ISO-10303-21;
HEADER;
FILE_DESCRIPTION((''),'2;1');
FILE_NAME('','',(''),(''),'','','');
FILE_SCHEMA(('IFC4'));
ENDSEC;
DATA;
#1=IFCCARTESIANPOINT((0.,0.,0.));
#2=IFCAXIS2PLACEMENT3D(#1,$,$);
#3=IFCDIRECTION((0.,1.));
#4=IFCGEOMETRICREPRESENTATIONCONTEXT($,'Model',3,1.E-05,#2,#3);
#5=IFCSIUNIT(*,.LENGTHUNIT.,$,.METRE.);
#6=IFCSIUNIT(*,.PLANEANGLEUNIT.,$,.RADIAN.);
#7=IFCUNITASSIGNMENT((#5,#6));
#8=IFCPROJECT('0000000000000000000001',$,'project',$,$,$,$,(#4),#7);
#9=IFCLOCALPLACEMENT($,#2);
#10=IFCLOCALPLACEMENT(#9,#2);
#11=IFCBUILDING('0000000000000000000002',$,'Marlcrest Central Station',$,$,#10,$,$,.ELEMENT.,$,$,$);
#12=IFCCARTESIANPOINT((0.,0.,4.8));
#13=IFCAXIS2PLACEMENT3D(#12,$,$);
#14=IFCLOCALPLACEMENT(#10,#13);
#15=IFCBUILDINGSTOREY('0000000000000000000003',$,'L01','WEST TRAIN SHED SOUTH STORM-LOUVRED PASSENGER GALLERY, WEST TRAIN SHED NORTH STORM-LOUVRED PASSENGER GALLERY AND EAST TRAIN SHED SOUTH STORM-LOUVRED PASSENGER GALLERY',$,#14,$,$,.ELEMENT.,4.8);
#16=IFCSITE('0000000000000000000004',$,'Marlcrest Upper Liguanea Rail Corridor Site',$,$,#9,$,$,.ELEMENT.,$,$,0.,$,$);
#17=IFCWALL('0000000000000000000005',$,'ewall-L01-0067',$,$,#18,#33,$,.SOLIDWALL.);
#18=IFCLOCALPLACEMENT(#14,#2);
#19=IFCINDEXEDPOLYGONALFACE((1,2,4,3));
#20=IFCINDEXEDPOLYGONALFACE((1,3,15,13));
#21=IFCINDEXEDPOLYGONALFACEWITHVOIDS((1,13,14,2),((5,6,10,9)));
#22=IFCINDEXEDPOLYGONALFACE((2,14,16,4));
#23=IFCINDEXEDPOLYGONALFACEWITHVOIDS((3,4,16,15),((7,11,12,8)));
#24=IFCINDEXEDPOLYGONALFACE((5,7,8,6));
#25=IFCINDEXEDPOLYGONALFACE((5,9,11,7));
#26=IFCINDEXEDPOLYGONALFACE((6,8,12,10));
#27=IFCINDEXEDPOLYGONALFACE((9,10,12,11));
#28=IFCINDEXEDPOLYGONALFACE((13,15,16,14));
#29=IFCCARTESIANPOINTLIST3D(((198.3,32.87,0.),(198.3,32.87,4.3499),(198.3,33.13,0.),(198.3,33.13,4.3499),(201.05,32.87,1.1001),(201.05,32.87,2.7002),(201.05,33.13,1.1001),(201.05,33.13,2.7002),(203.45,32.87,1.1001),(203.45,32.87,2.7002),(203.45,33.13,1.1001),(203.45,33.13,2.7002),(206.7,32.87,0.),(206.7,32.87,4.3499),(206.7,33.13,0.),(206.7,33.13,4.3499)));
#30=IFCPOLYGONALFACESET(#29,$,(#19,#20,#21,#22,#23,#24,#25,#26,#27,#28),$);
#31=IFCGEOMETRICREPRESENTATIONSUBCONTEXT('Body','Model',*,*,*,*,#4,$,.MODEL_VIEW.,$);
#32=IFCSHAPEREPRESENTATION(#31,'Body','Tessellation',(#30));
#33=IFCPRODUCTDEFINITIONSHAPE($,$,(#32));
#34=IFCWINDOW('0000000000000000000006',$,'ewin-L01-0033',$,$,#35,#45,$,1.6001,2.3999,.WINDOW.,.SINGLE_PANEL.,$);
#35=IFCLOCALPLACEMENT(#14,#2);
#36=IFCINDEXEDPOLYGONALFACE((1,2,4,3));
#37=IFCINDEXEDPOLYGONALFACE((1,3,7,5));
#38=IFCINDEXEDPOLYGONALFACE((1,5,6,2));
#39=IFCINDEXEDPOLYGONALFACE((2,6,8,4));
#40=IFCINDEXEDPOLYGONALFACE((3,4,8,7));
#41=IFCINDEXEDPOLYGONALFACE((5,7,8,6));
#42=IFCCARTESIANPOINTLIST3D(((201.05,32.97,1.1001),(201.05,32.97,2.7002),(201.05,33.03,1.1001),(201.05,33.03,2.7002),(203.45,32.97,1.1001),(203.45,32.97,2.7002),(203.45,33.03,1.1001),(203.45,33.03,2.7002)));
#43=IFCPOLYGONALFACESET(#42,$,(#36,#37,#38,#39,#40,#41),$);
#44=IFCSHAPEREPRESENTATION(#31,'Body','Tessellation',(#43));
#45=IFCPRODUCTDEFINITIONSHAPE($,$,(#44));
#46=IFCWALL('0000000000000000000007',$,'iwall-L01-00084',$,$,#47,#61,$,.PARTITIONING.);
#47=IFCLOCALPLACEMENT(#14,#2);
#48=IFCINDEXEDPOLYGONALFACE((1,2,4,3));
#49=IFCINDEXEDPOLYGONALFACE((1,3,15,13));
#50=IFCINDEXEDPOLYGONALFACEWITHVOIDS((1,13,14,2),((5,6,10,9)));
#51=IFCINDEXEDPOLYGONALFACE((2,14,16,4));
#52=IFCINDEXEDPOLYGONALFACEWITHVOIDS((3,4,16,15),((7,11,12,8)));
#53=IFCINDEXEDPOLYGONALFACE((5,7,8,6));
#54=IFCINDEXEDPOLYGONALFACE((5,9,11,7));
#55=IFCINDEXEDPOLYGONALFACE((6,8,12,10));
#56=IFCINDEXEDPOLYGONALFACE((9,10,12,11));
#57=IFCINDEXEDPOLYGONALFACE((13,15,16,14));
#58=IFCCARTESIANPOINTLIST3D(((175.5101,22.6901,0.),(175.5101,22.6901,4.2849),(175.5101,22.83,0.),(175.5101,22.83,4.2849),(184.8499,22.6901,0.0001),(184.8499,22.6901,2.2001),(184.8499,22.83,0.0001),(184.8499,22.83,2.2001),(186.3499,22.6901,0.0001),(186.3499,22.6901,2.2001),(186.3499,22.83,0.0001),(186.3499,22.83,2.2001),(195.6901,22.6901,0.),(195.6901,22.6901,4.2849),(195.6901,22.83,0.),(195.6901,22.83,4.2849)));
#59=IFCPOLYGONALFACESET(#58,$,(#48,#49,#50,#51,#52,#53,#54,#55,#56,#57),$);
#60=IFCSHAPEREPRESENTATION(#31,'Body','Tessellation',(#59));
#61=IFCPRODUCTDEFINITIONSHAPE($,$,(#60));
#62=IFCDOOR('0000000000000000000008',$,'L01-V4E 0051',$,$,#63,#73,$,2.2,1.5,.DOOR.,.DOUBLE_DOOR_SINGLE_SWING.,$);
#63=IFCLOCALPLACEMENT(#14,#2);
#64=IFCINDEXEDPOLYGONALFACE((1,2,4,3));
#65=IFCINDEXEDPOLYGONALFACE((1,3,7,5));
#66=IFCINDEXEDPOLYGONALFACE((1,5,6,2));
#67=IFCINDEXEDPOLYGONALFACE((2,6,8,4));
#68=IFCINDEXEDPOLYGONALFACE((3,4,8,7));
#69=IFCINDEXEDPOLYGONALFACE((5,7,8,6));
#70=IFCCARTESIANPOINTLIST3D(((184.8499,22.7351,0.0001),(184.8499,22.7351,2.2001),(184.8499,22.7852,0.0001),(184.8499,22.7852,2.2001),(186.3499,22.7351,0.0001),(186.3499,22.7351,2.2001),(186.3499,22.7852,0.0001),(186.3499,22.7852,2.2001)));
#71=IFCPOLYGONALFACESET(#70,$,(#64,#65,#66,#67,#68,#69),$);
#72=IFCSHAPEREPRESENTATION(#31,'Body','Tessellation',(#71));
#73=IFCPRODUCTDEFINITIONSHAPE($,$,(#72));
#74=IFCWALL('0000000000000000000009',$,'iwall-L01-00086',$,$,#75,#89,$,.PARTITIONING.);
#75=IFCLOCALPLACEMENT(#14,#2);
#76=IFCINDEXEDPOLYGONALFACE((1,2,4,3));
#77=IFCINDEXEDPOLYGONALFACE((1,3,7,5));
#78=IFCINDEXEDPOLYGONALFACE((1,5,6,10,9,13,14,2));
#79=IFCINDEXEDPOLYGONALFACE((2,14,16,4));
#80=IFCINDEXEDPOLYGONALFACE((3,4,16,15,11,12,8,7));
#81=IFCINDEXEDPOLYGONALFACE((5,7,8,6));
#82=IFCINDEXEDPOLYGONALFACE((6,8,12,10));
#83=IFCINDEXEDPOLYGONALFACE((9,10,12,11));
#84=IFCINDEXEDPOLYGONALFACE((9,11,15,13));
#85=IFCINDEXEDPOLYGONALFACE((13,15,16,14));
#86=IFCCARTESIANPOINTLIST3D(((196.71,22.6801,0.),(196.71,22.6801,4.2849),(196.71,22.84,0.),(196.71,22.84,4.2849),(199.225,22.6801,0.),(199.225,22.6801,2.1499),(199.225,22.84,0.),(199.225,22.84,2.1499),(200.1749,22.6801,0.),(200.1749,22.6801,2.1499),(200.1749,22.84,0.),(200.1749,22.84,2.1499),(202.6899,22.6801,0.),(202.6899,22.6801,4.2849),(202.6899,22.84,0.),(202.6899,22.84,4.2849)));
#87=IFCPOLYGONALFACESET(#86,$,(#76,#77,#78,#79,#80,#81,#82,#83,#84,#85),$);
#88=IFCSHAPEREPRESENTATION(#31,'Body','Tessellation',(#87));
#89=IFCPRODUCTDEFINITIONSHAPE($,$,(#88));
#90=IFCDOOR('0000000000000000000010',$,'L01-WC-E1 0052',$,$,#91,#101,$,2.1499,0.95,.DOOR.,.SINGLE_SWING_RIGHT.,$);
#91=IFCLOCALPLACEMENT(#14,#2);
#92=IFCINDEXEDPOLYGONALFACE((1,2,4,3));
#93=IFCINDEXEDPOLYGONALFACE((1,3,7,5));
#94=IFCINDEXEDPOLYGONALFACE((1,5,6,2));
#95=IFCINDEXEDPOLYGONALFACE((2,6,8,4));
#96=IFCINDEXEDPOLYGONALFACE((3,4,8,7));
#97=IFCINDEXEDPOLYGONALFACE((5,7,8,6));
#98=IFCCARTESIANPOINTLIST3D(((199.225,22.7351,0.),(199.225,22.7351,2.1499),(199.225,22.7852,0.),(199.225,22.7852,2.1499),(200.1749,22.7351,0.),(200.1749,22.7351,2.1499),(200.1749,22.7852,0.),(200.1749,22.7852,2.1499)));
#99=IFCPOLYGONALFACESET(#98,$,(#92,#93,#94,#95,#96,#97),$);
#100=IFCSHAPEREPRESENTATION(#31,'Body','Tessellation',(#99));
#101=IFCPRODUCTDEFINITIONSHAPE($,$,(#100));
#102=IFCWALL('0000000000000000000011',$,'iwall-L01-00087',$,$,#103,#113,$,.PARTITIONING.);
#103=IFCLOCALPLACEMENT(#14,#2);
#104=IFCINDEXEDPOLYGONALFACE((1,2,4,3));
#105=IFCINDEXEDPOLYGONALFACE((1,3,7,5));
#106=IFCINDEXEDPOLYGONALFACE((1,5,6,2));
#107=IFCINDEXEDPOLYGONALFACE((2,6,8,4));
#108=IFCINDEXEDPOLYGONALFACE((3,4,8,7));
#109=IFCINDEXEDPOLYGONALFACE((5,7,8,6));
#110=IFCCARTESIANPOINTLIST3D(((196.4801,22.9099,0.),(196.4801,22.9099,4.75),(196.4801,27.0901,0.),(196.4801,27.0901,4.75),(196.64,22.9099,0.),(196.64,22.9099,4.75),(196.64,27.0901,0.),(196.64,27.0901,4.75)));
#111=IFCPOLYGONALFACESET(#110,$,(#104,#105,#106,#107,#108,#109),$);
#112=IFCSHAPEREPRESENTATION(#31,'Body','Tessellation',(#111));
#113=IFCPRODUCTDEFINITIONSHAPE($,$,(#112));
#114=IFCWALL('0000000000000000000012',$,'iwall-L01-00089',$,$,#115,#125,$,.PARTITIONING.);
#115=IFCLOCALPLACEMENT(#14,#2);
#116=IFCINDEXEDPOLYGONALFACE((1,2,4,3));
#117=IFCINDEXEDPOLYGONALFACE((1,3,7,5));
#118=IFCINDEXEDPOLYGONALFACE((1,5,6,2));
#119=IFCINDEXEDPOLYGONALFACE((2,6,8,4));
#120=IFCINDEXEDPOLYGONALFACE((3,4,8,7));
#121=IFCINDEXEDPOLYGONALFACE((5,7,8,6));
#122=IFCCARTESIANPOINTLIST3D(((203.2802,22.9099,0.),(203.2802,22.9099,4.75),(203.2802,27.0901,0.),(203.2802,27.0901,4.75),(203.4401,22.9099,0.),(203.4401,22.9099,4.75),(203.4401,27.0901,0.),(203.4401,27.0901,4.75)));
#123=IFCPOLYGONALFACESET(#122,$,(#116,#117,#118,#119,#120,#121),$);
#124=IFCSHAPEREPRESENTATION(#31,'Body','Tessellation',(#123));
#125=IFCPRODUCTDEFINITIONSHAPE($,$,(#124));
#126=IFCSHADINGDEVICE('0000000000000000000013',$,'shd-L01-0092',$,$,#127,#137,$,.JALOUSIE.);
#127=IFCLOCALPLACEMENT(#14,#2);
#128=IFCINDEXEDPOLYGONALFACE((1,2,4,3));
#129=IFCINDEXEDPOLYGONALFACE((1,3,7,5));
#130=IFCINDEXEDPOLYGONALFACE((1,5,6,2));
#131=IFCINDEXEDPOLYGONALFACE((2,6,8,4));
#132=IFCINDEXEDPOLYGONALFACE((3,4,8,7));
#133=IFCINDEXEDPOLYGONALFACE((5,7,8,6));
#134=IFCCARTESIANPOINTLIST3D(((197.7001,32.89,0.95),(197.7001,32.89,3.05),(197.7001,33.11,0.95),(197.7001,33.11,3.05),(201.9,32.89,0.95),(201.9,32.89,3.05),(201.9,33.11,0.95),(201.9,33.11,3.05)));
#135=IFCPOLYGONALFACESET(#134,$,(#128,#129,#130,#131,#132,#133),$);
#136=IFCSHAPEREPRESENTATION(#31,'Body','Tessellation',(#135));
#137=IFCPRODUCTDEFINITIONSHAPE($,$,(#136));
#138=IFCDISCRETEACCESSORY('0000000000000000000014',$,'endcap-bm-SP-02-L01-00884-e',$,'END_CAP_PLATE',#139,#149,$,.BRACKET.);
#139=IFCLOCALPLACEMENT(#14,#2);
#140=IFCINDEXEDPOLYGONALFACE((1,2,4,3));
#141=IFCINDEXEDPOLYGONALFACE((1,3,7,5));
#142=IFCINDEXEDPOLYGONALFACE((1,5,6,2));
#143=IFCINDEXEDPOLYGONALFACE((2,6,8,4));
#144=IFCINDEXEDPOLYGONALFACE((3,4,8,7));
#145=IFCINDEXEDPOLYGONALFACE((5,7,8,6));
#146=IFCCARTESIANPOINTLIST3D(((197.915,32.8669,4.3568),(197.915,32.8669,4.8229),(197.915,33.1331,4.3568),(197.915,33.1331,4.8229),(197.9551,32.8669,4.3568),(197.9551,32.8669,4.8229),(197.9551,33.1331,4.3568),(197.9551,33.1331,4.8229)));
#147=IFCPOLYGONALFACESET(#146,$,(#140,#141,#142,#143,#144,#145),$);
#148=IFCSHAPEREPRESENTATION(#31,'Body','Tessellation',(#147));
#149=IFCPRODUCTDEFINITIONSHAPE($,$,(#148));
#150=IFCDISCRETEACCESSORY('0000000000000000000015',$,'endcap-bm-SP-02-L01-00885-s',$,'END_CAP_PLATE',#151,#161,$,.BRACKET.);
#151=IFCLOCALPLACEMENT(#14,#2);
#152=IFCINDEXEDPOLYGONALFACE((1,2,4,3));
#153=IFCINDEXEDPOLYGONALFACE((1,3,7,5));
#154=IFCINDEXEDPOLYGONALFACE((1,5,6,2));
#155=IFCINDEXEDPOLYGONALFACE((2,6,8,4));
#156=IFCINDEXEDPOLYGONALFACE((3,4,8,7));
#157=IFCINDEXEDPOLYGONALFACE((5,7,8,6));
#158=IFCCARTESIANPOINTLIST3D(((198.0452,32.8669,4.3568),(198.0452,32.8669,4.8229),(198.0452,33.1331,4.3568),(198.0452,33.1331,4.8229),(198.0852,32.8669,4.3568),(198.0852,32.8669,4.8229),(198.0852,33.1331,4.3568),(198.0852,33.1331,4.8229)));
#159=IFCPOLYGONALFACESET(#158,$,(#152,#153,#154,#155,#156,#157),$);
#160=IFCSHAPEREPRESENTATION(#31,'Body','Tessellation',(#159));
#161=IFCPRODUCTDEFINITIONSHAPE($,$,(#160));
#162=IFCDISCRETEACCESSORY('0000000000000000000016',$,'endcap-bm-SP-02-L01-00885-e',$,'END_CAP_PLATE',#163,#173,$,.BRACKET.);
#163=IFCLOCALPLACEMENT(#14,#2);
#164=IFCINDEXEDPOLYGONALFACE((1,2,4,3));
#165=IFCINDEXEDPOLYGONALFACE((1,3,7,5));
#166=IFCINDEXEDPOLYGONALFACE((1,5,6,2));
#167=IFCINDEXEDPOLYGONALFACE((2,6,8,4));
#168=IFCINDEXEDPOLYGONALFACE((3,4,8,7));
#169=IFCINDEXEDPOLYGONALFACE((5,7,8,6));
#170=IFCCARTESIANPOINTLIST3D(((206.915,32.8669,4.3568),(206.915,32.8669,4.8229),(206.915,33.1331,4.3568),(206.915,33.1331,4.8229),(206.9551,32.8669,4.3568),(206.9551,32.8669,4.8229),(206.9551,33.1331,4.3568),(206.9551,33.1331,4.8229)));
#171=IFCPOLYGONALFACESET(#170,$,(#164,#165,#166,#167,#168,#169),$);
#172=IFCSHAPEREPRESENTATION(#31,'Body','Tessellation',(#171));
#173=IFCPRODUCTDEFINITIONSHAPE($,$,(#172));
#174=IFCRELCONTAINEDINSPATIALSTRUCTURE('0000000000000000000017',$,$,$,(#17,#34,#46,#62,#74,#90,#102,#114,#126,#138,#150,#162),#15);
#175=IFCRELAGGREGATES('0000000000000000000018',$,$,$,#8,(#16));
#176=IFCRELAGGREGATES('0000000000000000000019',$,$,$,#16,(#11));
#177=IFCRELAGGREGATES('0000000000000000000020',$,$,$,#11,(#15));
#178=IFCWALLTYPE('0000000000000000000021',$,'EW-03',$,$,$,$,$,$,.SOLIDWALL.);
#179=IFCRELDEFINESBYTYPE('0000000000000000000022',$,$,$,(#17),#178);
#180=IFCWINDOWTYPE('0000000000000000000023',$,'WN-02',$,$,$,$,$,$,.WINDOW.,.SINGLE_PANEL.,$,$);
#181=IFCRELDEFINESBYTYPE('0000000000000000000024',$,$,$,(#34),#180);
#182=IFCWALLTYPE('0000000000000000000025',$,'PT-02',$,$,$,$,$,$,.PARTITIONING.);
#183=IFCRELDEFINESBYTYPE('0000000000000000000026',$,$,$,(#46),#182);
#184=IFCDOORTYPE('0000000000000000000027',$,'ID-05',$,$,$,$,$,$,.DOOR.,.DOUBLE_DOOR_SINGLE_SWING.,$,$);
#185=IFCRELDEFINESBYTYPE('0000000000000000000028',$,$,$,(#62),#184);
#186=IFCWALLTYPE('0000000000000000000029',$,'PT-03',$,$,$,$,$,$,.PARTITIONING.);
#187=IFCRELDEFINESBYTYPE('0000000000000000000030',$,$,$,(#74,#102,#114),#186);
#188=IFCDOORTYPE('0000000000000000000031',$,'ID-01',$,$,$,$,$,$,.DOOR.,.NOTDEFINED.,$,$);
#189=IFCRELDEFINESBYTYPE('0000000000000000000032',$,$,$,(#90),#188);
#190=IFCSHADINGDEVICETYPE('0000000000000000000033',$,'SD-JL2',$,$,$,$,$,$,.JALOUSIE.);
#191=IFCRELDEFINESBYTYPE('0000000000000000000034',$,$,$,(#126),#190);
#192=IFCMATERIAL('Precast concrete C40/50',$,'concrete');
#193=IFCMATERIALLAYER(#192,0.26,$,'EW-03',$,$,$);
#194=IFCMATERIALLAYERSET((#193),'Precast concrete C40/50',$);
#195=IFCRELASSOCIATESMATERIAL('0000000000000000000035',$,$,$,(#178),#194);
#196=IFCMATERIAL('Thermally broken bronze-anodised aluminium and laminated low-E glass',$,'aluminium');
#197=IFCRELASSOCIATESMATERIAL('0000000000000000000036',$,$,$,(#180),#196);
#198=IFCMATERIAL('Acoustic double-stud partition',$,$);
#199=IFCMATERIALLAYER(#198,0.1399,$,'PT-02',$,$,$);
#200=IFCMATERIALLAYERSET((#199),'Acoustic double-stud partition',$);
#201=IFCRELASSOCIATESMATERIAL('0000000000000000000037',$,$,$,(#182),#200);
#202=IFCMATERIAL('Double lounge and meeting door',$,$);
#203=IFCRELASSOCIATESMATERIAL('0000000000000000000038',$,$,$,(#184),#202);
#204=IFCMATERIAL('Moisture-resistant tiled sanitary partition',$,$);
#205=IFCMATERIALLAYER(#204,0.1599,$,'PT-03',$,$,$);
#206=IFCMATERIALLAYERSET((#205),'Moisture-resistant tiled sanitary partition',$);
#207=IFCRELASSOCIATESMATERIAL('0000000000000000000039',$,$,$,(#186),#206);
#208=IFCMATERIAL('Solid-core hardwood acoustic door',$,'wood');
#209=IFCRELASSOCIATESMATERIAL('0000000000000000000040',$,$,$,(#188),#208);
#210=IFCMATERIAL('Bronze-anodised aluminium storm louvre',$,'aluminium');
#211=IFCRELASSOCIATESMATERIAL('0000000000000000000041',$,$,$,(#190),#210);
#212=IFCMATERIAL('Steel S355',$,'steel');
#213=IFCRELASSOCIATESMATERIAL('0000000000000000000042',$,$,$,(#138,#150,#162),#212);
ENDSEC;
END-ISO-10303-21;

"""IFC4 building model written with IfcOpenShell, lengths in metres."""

from ifc_helpers import new_model, si_unit, direction, frame, frame_2d, origin, origin_2d, place, context, subcontext, project, spatial, rectangle, extrude, material, layer, layer_set, type_object, element, fill, save


model = new_model("IFC4")

# Units and contexts
model_context = context("Model", 3, precision=1e-05, world=origin(), true_north=direction((0.0, 1.0)))
body_context = subcontext(model_context, "Body", "Model", "MODEL_VIEW")
ifc_project = project(units=[si_unit("LENGTHUNIT", "METRE"), si_unit("PLANEANGLEUNIT", "RADIAN")], contexts=[model_context])

# Site, building, storey
site_placement = place(None, origin())
site = spatial("IfcSite", under=ifc_project, at=site_placement, Name="Marlcrest Upper Liguanea Rail Corridor Site", CompositionType="ELEMENT", RefElevation=0.0)
building_placement = place(site_placement, origin())
building = spatial("IfcBuilding", under=site, at=building_placement, Name="Marlcrest Central Station", CompositionType="ELEMENT")
storey_placement = place(building_placement, frame((0.0, 0.0, 4.8)))
storey = spatial("IfcBuildingStorey", under=building, at=storey_placement, Name="L01", Description="WEST TRAIN SHED SOUTH STORM-LOUVRED PASSENGER GALLERY, WEST TRAIN SHED NORTH STORM-LOUVRED PASSENGER GALLERY AND EAST TRAIN SHED SOUTH STORM-LOUVRED PASSENGER GALLERY", CompositionType="ELEMENT", Elevation=4.8)

# Shared definitions
ifc_material_1 = material(Name="Precast concrete C40/50", Category="concrete")
ifc_material_2 = material(Name="Steel S355", Category="steel")

# Wall, opening, window
ifc_layer_1 = layer(ifc_material_1, 0.26, Name="EW-03")
ifc_layer_set_1 = layer_set([ifc_layer_1], Name="Precast concrete C40/50")
wall_type_1 = type_object("IfcWallType", Name="EW-03", PredefinedType="SOLIDWALL", material=ifc_layer_set_1)
wall_1_placement = place(storey_placement, frame((198.3, 33.0, 0.0), z_axis=(0.0, 0.0, 1.0), x_axis=(1.0, 0.0, 0.0)))
wall_1 = element("IfcWall", 1, at=wall_1_placement, inside=storey, type_object=wall_type_1, Name="ewall-L01-0067", PredefinedType="SOLIDWALL", context=body_context, shape_type="SweptSolid", body=[
    extrude(rectangle(XDim=8.3999, YDim=0.26, at=frame_2d((4.2, 0.0))), origin(), (0.0, 0.0, 1.0), 4.3499),
])
opening_1_placement = place(wall_1_placement, frame((2.75, 0.0, 1.1001)))
opening_1 = element("IfcOpeningElement", 2, at=opening_1_placement, cuts=wall_1, PredefinedType="OPENING", context=body_context, shape_type="SweptSolid", body=[
    extrude(rectangle(XDim=2.3999, YDim=1.6001, at=frame_2d((1.2, 0.8))), frame((0.0, 0.1399, 0.0), z_axis=(0.0, -1.0, 0.0), x_axis=(1.0, 0.0, 0.0)), (0.0, 0.0, 1.0), 0.28),
])
ifc_material_3 = material(Name="Thermally broken bronze-anodised aluminium and laminated low-E glass", Category="aluminium")
window_type = type_object("IfcWindowType", Name="WN-02", PartitioningType="SINGLE_PANEL", PredefinedType="WINDOW", material=ifc_material_3)
window_placement = place(opening_1_placement, origin())
window = element("IfcWindow", 3, at=window_placement, inside=storey, type_object=window_type, Name="ewin-L01-0033", OverallHeight=1.6001, OverallWidth=2.3999, PartitioningType="SINGLE_PANEL", PredefinedType="WINDOW", context=body_context, shape_type="SweptSolid", body=[
    extrude(rectangle(XDim=2.3999, YDim=1.6001, at=frame_2d((1.2, 0.8))), frame((0.0, 0.03, 0.0), z_axis=(0.0, -1.0, 0.0), x_axis=(1.0, 0.0, 0.0)), (0.0, 0.0, 1.0), 0.0601),
])
fill(opening_1, window)

# Walls, openings, doors
ifc_material_4 = material(Name="Acoustic double-stud partition")
ifc_layer_2 = layer(ifc_material_4, 0.1399, Name="PT-02")
ifc_layer_set_2 = layer_set([ifc_layer_2], Name="Acoustic double-stud partition")
wall_type_2 = type_object("IfcWallType", Name="PT-02", PredefinedType="PARTITIONING", material=ifc_layer_set_2)
wall_2_placement = place(storey_placement, frame((195.6899, 22.76, 0.0), z_axis=(0.0, 0.0, 1.0), x_axis=(-1.0, 0.0, 0.0)))
wall_2 = element("IfcWall", 4, at=wall_2_placement, inside=storey, type_object=wall_type_2, Name="iwall-L01-00084", PredefinedType="PARTITIONING", context=body_context, shape_type="SweptSolid", body=[
    extrude(rectangle(XDim=20.1799, YDim=0.1399, at=frame_2d((10.0898, 0.0))), origin(), (0.0, 0.0, 1.0), 4.2849),
])
opening_2_placement = place(wall_2_placement, frame((9.3401, 0.0, 0.0)))
opening_2 = element("IfcOpeningElement", 5, at=opening_2_placement, cuts=wall_2, PredefinedType="OPENING", context=body_context, shape_type="SweptSolid", body=[
    extrude(rectangle(XDim=1.5, YDim=2.2, at=frame_2d((0.75, 1.1001))), frame((0.0, 0.0798, 0.0), z_axis=(0.0, -1.0, 0.0), x_axis=(1.0, 0.0, 0.0)), (0.0, 0.0, 1.0), 0.1599),
])
ifc_material_5 = material(Name="Double lounge and meeting door")
door_type_1 = type_object("IfcDoorType", Name="ID-05", OperationType="DOUBLE_DOOR_SINGLE_SWING", PredefinedType="DOOR", material=ifc_material_5)
door_1_placement = place(opening_2_placement, origin())
door_1 = element("IfcDoor", 6, at=door_1_placement, inside=storey, type_object=door_type_1, Name="L01-V4E 0051", OperationType="DOUBLE_DOOR_SINGLE_SWING", OverallHeight=2.2, OverallWidth=1.5, PredefinedType="DOOR", context=body_context, shape_type="SweptSolid", body=[
    extrude(rectangle(XDim=1.5, YDim=2.2, at=frame_2d((0.75, 1.1001))), frame((0.0, 0.0249, 0.0), z_axis=(0.0, -1.0, 0.0), x_axis=(1.0, 0.0, 0.0)), (0.0, 0.0, 1.0), 0.05),
])
fill(opening_2, door_1)
ifc_material_6 = material(Name="Moisture-resistant tiled sanitary partition")
ifc_layer_3 = layer(ifc_material_6, 0.1599, Name="PT-03")
ifc_layer_set_3 = layer_set([ifc_layer_3], Name="Moisture-resistant tiled sanitary partition")
wall_type_3 = type_object("IfcWallType", Name="PT-03", PredefinedType="PARTITIONING", material=ifc_layer_set_3)
wall_3_placement = place(storey_placement, frame((202.6899, 22.76, 0.0), z_axis=(0.0, 0.0, 1.0), x_axis=(-1.0, 0.0, 0.0)))
wall_3 = element("IfcWall", 7, at=wall_3_placement, inside=storey, type_object=wall_type_3, Name="iwall-L01-00086", PredefinedType="PARTITIONING", context=body_context, shape_type="SweptSolid", body=[
    extrude(rectangle(XDim=5.98, YDim=0.1599, at=frame_2d((2.99, 0.0))), origin(), (0.0, 0.0, 1.0), 4.2849),
])
opening_3_placement = place(wall_3_placement, frame((2.5149, 0.0, 0.0)))
opening_3 = element("IfcOpeningElement", 8, at=opening_3_placement, cuts=wall_3, PredefinedType="OPENING", context=body_context, shape_type="SweptSolid", body=[
    extrude(rectangle(XDim=0.95, YDim=2.1499, at=frame_2d((0.4751, 1.075))), frame((0.0, 0.0898, 0.0), z_axis=(0.0, -1.0, 0.0), x_axis=(1.0, 0.0, 0.0)), (0.0, 0.0, 1.0), 0.1799),
])
ifc_material_7 = material(Name="Solid-core hardwood acoustic door", Category="wood")
door_type_2 = type_object("IfcDoorType", Name="ID-01", OperationType="NOTDEFINED", PredefinedType="DOOR", material=ifc_material_7)
door_2_placement = place(opening_3_placement, origin())
door_2 = element("IfcDoor", 9, at=door_2_placement, inside=storey, type_object=door_type_2, Name="L01-WC-E1 0052", OperationType="SINGLE_SWING_RIGHT", OverallHeight=2.1499, OverallWidth=0.95, PredefinedType="DOOR", context=body_context, shape_type="SweptSolid", body=[
    extrude(rectangle(XDim=0.95, YDim=2.1499, at=frame_2d((0.4751, 1.075))), frame((0.0, 0.0249, 0.0), z_axis=(0.0, -1.0, 0.0), x_axis=(1.0, 0.0, 0.0)), (0.0, 0.0, 1.0), 0.05),
])
fill(opening_3, door_2)

# Walls
for number, where, z_axis, x_axis, name in (
    (10, (196.5601, 22.9099, 0.0), (0.0, 0.0, 1.0), (0.0, 1.0, 0.0), "iwall-L01-00087"),
    (11, (203.3601, 22.9099, 0.0), (0.0, 0.0, 1.0), (0.0, 1.0, 0.0), "iwall-L01-00089"),
):
    element("IfcWall", number, at=place(storey_placement, frame(where, z_axis=z_axis, x_axis=x_axis)), inside=storey, type_object=wall_type_3, Name=name, PredefinedType="PARTITIONING", context=body_context, shape_type="SweptSolid", body=[
        extrude(rectangle(XDim=4.1802, YDim=0.1599, at=frame_2d((2.0901, 0.0))), origin(), (0.0, 0.0, 1.0), 4.75),
    ])

# Shading device
ifc_material_8 = material(Name="Bronze-anodised aluminium storm louvre", Category="aluminium")
shading_device_type = type_object("IfcShadingDeviceType", Name="SD-JL2", PredefinedType="JALOUSIE", material=ifc_material_8)
shading_device_placement = place(storey_placement, frame((199.8, 33.0, 0.95), z_axis=(0.0, 0.0, 1.0), x_axis=(1.0, 0.0, 0.0)))
element("IfcShadingDevice", 12, at=shading_device_placement, inside=storey, type_object=shading_device_type, Name="shd-L01-0092", PredefinedType="JALOUSIE", context=body_context, shape_type="SweptSolid", body=[
    extrude(rectangle(XDim=4.2, YDim=0.22, at=origin_2d()), origin(), (0.0, 0.0, 1.0), 2.1001),
])

# Discrete accessories
for number, where, z_axis, x_axis, name in (
    (13, (197.915, 33.0, 4.5898), (1.0, 0.0, 0.0), (0.0, 1.0, 0.0), "endcap-bm-SP-02-L01-00884-e"),
    (14, (198.0452, 33.0, 4.5898), (1.0, 0.0, 0.0), (0.0, 1.0, 0.0), "endcap-bm-SP-02-L01-00885-s"),
    (15, (206.915, 33.0, 4.5898), (1.0, 0.0, 0.0), (0.0, 1.0, 0.0), "endcap-bm-SP-02-L01-00885-e"),
):
    element("IfcDiscreteAccessory", number, at=place(storey_placement, frame(where, z_axis=z_axis, x_axis=x_axis)), inside=storey, material=ifc_material_2, Name=name, ObjectType="END_CAP_PLATE", PredefinedType="BRACKET", context=body_context, shape_type="SweptSolid", body=[
        extrude(rectangle(XDim=0.2661, YDim=0.4661, at=origin_2d()), origin(), (0.0, 0.0, 1.0), 0.04),
    ])

save(model, "model.ifc")
